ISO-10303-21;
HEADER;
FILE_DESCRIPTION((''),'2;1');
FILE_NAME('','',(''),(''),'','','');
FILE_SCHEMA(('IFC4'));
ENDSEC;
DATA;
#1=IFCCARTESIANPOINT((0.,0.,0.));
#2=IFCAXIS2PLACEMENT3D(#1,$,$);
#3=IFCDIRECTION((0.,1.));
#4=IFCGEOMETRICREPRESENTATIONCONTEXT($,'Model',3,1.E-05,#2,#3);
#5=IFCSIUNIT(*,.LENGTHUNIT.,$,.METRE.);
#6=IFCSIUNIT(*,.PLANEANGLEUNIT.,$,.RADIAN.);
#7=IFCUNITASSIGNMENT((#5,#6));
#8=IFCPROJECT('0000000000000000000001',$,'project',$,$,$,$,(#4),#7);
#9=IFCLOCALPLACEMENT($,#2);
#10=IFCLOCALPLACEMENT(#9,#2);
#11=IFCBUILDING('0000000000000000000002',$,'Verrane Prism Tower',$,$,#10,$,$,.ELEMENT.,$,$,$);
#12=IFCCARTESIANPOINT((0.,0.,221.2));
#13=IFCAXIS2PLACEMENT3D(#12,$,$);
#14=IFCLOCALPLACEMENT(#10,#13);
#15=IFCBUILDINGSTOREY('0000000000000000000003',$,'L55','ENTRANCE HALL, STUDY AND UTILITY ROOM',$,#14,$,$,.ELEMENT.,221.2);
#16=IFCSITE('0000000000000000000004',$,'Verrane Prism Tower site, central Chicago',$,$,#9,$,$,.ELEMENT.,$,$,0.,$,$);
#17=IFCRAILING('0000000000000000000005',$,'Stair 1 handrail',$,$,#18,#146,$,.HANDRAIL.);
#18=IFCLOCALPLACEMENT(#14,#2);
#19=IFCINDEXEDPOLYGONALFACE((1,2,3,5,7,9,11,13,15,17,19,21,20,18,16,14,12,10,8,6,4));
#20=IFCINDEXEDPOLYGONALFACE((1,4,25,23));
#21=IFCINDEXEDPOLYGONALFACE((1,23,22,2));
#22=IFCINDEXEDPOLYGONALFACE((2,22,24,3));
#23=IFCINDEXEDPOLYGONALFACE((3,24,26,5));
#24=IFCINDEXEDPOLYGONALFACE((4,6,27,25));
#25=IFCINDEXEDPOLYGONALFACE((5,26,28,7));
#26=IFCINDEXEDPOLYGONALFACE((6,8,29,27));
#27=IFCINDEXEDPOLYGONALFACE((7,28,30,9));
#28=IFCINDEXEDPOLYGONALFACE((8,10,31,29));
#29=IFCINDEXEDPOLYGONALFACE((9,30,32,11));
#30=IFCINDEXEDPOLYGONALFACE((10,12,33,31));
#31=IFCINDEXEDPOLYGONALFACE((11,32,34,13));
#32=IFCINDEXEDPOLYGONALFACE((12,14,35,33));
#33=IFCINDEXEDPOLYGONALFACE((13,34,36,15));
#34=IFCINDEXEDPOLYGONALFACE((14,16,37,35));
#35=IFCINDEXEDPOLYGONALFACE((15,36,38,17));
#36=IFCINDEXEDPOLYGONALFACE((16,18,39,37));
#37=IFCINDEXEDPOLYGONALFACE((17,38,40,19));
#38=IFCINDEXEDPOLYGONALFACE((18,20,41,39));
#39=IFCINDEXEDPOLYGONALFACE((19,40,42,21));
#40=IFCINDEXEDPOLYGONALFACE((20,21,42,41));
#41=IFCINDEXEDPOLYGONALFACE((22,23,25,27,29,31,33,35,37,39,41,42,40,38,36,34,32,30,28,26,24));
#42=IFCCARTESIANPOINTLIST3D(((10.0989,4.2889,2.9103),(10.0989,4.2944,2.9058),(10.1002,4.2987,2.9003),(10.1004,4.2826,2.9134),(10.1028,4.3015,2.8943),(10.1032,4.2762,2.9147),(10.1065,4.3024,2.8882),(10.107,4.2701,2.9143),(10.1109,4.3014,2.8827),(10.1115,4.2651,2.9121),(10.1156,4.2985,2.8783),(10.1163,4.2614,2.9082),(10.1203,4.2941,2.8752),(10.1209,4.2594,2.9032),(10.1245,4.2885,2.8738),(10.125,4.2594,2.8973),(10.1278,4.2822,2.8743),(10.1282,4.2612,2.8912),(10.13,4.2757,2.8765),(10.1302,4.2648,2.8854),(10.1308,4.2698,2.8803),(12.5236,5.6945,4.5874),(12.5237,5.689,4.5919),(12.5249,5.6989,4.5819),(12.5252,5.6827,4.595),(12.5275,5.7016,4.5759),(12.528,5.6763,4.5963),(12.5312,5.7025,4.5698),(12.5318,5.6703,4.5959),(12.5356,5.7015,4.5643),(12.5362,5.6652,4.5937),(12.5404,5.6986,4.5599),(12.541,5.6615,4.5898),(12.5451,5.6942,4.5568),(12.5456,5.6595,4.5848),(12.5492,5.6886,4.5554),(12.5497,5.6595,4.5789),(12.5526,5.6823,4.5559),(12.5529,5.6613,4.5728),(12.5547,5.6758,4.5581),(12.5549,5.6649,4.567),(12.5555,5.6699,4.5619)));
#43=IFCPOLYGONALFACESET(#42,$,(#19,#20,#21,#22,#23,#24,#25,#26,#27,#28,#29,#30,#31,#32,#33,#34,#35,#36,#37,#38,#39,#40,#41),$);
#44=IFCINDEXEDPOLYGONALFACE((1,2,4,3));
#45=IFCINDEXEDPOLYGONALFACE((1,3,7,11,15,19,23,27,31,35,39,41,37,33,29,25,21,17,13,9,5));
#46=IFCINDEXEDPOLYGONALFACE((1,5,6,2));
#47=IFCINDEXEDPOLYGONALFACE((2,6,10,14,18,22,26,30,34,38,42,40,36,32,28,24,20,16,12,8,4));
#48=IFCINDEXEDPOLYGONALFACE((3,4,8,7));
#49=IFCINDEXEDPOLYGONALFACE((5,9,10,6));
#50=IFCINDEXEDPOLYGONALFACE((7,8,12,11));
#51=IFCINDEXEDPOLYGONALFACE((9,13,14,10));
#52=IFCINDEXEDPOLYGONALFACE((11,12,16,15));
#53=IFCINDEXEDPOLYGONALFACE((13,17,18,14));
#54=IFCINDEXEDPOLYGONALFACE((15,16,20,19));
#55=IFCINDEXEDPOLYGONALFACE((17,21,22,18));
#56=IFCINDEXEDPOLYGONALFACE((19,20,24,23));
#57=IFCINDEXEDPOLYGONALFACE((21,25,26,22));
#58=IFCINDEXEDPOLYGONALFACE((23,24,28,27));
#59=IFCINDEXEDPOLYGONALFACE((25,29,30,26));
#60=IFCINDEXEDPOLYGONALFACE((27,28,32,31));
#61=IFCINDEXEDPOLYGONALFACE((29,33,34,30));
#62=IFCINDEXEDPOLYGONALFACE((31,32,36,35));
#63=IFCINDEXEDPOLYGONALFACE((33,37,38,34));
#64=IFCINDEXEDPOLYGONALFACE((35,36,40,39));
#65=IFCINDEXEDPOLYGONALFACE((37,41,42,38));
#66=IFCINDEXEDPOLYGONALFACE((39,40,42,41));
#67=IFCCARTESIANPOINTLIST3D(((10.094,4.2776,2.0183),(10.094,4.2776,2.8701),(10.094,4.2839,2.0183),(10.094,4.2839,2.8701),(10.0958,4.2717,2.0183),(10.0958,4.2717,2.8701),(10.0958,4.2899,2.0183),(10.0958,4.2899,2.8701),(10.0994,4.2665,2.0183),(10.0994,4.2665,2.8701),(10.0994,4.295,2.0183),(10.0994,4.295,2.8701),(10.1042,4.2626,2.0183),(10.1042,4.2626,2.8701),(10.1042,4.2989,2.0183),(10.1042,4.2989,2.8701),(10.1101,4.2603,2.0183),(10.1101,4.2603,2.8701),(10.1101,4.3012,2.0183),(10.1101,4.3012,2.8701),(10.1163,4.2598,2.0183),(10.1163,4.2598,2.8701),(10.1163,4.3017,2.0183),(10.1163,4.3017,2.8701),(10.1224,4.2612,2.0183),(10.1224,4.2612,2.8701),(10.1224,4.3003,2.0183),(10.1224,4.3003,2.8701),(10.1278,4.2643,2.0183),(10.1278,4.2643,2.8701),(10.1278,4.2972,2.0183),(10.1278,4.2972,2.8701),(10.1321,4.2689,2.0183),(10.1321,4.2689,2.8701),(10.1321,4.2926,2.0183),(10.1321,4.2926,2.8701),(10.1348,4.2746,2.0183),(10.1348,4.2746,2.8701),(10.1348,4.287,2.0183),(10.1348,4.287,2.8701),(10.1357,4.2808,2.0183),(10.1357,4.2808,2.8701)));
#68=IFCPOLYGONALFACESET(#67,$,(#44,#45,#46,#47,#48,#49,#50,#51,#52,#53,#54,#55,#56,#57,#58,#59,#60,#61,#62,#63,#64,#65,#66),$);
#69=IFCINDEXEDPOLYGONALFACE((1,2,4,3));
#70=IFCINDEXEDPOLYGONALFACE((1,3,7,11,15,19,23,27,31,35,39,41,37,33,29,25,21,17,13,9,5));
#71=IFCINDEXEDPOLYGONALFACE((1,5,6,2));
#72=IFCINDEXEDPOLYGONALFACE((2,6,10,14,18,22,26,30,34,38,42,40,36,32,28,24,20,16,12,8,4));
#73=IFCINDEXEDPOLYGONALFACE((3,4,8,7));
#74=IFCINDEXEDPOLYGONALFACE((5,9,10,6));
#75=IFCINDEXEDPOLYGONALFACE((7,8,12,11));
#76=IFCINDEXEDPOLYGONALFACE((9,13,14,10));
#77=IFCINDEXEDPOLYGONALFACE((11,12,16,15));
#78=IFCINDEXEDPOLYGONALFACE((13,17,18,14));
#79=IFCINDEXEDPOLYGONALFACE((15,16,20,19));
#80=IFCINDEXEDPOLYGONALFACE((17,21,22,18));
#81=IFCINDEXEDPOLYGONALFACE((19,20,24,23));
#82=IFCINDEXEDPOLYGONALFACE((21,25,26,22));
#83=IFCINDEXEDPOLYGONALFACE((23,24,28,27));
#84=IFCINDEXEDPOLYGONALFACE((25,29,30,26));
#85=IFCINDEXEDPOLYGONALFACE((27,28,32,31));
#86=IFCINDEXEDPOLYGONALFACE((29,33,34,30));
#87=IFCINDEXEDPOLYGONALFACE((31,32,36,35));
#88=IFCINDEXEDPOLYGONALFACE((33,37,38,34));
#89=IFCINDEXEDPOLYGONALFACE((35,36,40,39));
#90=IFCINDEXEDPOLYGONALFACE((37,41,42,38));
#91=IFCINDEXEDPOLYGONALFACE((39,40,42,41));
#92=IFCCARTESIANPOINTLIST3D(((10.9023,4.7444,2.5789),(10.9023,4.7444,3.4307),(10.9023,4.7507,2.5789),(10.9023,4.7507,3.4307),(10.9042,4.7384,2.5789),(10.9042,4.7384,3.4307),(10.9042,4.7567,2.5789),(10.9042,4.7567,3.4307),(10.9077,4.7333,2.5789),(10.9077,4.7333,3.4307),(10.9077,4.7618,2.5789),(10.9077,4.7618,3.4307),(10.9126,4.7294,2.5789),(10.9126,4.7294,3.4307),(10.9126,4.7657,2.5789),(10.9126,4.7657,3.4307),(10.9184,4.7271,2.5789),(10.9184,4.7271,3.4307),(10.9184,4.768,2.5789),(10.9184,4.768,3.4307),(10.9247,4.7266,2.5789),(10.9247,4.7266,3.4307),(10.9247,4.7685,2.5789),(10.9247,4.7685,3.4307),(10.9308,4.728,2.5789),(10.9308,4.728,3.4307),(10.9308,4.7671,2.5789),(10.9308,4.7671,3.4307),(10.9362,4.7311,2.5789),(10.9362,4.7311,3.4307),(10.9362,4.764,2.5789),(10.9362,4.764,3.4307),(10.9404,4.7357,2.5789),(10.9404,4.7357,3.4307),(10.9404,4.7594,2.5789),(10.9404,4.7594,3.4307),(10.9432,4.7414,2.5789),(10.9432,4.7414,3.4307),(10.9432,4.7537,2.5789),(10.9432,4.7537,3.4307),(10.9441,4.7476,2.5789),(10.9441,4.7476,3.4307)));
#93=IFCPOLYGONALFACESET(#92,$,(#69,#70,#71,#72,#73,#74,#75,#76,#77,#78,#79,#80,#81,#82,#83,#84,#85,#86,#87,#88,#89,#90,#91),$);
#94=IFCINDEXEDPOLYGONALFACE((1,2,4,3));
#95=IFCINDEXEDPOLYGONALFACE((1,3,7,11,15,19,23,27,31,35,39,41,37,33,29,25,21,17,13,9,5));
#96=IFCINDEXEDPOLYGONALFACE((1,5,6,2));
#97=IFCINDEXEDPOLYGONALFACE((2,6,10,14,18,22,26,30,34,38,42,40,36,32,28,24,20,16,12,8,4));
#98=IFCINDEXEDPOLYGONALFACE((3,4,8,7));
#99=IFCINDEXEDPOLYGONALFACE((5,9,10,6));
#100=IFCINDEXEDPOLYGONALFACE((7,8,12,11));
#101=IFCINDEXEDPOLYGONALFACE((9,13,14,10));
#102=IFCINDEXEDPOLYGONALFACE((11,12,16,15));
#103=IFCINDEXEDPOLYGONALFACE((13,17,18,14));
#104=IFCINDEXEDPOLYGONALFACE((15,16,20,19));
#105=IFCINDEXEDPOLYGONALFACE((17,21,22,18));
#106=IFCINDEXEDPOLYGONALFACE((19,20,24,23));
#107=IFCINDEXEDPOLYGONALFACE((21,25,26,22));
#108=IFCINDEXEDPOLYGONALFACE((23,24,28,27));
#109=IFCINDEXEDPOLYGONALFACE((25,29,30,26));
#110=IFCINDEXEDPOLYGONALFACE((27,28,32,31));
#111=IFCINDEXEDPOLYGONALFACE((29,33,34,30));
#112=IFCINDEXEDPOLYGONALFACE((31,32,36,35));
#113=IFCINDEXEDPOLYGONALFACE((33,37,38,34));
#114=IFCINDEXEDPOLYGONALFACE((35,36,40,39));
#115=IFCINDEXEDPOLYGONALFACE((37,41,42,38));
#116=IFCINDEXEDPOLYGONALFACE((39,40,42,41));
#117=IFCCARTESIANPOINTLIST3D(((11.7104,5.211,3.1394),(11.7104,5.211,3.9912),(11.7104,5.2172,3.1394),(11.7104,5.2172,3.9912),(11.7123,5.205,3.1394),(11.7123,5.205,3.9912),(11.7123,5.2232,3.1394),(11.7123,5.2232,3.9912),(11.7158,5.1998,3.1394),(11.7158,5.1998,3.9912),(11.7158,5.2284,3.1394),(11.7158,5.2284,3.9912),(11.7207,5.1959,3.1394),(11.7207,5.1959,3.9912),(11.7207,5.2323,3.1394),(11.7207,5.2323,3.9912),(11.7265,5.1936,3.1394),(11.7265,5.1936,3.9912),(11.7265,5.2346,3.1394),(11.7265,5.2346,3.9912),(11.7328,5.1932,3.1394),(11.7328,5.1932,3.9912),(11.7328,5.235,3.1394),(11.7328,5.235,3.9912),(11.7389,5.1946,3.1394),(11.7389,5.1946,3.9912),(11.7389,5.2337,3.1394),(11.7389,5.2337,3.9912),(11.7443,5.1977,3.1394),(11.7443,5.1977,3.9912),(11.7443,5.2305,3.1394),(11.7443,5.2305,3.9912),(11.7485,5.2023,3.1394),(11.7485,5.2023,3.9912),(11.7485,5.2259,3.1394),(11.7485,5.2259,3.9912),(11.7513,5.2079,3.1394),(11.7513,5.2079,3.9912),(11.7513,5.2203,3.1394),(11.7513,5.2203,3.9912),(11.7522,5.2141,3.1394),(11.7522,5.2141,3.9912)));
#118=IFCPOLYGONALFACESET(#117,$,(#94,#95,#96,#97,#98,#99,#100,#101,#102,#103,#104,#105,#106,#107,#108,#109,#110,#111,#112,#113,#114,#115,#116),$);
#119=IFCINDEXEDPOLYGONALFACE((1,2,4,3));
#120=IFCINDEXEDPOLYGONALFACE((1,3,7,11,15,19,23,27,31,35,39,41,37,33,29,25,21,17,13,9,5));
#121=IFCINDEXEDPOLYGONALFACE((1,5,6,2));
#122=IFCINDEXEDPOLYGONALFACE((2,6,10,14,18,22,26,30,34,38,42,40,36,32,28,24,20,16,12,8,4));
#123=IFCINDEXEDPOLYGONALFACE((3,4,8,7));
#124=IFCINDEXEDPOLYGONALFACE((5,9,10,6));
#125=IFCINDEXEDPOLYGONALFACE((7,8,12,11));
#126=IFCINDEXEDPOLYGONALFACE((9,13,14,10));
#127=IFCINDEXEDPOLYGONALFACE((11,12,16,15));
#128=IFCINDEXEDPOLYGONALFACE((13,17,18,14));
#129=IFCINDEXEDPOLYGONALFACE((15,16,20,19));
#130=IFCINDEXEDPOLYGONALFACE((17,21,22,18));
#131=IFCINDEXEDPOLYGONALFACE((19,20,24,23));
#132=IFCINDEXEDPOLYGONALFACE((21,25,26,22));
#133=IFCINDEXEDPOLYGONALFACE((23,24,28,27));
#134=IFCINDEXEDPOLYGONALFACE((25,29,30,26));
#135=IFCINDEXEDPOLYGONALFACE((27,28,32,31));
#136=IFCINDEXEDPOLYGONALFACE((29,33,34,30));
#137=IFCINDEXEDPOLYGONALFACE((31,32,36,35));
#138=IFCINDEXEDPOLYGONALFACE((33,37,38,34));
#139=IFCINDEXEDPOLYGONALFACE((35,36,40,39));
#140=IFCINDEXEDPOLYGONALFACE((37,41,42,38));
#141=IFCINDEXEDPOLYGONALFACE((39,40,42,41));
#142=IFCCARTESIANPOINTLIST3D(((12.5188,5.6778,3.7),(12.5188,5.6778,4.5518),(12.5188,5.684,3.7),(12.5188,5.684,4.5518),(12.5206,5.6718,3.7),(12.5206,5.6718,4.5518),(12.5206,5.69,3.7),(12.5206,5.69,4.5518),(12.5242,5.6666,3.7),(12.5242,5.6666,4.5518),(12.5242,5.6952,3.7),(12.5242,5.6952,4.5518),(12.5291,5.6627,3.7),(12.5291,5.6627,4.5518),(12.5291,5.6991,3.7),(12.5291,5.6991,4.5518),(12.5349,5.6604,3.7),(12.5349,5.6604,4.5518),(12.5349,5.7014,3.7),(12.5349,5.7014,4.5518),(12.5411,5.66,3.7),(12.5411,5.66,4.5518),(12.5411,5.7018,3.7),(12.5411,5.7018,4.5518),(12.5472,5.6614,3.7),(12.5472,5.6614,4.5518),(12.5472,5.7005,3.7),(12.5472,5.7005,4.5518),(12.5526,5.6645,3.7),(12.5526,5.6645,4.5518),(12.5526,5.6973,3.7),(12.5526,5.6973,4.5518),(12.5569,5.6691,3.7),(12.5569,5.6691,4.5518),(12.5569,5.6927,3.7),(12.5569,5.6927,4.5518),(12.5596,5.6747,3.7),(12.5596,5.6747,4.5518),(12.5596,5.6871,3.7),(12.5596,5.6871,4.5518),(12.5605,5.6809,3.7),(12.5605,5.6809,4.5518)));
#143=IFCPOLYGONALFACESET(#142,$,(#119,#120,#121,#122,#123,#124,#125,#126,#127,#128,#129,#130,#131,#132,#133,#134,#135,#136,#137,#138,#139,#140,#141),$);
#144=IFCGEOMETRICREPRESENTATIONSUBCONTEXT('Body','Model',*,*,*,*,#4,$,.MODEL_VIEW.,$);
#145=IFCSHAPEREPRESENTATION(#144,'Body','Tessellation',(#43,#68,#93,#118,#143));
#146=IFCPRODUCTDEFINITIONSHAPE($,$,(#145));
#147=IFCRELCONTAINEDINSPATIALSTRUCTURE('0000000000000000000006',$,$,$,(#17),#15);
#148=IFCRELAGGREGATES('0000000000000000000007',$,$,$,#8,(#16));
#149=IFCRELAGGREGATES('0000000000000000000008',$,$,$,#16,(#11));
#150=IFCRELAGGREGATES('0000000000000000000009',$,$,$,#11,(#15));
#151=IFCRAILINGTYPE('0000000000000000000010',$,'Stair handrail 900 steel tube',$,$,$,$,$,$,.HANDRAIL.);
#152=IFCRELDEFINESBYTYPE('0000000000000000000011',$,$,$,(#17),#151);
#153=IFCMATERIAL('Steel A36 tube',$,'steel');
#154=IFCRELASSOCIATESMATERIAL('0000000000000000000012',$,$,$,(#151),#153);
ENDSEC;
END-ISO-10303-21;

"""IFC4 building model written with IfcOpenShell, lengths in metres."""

from ifc_helpers import new_model, si_unit, direction, frame, origin, origin_2d, place, context, subcontext, project, spatial, circle, extrude, material, type_object, element, save


model = new_model("IFC4")

# Units and contexts
model_context = context("Model", 3, precision=1e-05, world=origin(), true_north=direction((0.0, 1.0)))
body_context = subcontext(model_context, "Body", "Model", "MODEL_VIEW")
ifc_project = project(units=[si_unit("LENGTHUNIT", "METRE"), si_unit("PLANEANGLEUNIT", "RADIAN")], contexts=[model_context])

# Site, building, storey
site_placement = place(None, origin())
site = spatial("IfcSite", under=ifc_project, at=site_placement, Name="Verrane Prism Tower site, central Chicago", CompositionType="ELEMENT", RefElevation=0.0)
building_placement = place(site_placement, origin())
building = spatial("IfcBuilding", under=site, at=building_placement, Name="Verrane Prism Tower", CompositionType="ELEMENT")
storey_placement = place(building_placement, frame((0.0, 0.0, 221.2)))
storey = spatial("IfcBuildingStorey", under=building, at=storey_placement, Name="L55", Description="ENTRANCE HALL, STUDY AND UTILITY ROOM", CompositionType="ELEMENT", Elevation=221.2)

# Railing
ifc_material_1 = material(Name="Steel A36 tube", Category="steel")
railing_type_1 = type_object("IfcRailingType", Name="Stair handrail 900 steel tube", PredefinedType="HANDRAIL", material=ifc_material_1)
railing_1_placement = place(storey_placement, frame((10.1147, 4.2808, 2.0183)))
element("IfcRailing", 1, at=railing_1_placement, inside=storey, type_object=railing_type_1, Name="Stair 1 handrail", PredefinedType="HANDRAIL", context=body_context, shape_type="SweptSolid", body=[
    extrude(circle(Radius=0.0239, at=origin_2d()), frame((0.0, 0.0, 0.876), z_axis=(0.742395, 0.428679, 0.514863), x_axis=(-0.50005, 0.865997, 0.0)), (0.0, 0.0, 1.0), 3.2661),
    extrude(circle(Radius=0.021, at=origin_2d()), origin(), (0.0, 0.0, 1.0), 0.8518),
    extrude(circle(Radius=0.021, at=origin_2d()), frame((0.8083, 0.4668, 0.5605)), (0.0, 0.0, 1.0), 0.8518),
    extrude(circle(Radius=0.021, at=origin_2d()), frame((1.6165, 0.9333, 1.1211)), (0.0, 0.0, 1.0), 0.8518),
    extrude(circle(Radius=0.021, at=origin_2d()), frame((2.4248, 1.4001, 1.6816)), (0.0, 0.0, 1.0), 0.8518),
])

save(model, "model.ifc")
